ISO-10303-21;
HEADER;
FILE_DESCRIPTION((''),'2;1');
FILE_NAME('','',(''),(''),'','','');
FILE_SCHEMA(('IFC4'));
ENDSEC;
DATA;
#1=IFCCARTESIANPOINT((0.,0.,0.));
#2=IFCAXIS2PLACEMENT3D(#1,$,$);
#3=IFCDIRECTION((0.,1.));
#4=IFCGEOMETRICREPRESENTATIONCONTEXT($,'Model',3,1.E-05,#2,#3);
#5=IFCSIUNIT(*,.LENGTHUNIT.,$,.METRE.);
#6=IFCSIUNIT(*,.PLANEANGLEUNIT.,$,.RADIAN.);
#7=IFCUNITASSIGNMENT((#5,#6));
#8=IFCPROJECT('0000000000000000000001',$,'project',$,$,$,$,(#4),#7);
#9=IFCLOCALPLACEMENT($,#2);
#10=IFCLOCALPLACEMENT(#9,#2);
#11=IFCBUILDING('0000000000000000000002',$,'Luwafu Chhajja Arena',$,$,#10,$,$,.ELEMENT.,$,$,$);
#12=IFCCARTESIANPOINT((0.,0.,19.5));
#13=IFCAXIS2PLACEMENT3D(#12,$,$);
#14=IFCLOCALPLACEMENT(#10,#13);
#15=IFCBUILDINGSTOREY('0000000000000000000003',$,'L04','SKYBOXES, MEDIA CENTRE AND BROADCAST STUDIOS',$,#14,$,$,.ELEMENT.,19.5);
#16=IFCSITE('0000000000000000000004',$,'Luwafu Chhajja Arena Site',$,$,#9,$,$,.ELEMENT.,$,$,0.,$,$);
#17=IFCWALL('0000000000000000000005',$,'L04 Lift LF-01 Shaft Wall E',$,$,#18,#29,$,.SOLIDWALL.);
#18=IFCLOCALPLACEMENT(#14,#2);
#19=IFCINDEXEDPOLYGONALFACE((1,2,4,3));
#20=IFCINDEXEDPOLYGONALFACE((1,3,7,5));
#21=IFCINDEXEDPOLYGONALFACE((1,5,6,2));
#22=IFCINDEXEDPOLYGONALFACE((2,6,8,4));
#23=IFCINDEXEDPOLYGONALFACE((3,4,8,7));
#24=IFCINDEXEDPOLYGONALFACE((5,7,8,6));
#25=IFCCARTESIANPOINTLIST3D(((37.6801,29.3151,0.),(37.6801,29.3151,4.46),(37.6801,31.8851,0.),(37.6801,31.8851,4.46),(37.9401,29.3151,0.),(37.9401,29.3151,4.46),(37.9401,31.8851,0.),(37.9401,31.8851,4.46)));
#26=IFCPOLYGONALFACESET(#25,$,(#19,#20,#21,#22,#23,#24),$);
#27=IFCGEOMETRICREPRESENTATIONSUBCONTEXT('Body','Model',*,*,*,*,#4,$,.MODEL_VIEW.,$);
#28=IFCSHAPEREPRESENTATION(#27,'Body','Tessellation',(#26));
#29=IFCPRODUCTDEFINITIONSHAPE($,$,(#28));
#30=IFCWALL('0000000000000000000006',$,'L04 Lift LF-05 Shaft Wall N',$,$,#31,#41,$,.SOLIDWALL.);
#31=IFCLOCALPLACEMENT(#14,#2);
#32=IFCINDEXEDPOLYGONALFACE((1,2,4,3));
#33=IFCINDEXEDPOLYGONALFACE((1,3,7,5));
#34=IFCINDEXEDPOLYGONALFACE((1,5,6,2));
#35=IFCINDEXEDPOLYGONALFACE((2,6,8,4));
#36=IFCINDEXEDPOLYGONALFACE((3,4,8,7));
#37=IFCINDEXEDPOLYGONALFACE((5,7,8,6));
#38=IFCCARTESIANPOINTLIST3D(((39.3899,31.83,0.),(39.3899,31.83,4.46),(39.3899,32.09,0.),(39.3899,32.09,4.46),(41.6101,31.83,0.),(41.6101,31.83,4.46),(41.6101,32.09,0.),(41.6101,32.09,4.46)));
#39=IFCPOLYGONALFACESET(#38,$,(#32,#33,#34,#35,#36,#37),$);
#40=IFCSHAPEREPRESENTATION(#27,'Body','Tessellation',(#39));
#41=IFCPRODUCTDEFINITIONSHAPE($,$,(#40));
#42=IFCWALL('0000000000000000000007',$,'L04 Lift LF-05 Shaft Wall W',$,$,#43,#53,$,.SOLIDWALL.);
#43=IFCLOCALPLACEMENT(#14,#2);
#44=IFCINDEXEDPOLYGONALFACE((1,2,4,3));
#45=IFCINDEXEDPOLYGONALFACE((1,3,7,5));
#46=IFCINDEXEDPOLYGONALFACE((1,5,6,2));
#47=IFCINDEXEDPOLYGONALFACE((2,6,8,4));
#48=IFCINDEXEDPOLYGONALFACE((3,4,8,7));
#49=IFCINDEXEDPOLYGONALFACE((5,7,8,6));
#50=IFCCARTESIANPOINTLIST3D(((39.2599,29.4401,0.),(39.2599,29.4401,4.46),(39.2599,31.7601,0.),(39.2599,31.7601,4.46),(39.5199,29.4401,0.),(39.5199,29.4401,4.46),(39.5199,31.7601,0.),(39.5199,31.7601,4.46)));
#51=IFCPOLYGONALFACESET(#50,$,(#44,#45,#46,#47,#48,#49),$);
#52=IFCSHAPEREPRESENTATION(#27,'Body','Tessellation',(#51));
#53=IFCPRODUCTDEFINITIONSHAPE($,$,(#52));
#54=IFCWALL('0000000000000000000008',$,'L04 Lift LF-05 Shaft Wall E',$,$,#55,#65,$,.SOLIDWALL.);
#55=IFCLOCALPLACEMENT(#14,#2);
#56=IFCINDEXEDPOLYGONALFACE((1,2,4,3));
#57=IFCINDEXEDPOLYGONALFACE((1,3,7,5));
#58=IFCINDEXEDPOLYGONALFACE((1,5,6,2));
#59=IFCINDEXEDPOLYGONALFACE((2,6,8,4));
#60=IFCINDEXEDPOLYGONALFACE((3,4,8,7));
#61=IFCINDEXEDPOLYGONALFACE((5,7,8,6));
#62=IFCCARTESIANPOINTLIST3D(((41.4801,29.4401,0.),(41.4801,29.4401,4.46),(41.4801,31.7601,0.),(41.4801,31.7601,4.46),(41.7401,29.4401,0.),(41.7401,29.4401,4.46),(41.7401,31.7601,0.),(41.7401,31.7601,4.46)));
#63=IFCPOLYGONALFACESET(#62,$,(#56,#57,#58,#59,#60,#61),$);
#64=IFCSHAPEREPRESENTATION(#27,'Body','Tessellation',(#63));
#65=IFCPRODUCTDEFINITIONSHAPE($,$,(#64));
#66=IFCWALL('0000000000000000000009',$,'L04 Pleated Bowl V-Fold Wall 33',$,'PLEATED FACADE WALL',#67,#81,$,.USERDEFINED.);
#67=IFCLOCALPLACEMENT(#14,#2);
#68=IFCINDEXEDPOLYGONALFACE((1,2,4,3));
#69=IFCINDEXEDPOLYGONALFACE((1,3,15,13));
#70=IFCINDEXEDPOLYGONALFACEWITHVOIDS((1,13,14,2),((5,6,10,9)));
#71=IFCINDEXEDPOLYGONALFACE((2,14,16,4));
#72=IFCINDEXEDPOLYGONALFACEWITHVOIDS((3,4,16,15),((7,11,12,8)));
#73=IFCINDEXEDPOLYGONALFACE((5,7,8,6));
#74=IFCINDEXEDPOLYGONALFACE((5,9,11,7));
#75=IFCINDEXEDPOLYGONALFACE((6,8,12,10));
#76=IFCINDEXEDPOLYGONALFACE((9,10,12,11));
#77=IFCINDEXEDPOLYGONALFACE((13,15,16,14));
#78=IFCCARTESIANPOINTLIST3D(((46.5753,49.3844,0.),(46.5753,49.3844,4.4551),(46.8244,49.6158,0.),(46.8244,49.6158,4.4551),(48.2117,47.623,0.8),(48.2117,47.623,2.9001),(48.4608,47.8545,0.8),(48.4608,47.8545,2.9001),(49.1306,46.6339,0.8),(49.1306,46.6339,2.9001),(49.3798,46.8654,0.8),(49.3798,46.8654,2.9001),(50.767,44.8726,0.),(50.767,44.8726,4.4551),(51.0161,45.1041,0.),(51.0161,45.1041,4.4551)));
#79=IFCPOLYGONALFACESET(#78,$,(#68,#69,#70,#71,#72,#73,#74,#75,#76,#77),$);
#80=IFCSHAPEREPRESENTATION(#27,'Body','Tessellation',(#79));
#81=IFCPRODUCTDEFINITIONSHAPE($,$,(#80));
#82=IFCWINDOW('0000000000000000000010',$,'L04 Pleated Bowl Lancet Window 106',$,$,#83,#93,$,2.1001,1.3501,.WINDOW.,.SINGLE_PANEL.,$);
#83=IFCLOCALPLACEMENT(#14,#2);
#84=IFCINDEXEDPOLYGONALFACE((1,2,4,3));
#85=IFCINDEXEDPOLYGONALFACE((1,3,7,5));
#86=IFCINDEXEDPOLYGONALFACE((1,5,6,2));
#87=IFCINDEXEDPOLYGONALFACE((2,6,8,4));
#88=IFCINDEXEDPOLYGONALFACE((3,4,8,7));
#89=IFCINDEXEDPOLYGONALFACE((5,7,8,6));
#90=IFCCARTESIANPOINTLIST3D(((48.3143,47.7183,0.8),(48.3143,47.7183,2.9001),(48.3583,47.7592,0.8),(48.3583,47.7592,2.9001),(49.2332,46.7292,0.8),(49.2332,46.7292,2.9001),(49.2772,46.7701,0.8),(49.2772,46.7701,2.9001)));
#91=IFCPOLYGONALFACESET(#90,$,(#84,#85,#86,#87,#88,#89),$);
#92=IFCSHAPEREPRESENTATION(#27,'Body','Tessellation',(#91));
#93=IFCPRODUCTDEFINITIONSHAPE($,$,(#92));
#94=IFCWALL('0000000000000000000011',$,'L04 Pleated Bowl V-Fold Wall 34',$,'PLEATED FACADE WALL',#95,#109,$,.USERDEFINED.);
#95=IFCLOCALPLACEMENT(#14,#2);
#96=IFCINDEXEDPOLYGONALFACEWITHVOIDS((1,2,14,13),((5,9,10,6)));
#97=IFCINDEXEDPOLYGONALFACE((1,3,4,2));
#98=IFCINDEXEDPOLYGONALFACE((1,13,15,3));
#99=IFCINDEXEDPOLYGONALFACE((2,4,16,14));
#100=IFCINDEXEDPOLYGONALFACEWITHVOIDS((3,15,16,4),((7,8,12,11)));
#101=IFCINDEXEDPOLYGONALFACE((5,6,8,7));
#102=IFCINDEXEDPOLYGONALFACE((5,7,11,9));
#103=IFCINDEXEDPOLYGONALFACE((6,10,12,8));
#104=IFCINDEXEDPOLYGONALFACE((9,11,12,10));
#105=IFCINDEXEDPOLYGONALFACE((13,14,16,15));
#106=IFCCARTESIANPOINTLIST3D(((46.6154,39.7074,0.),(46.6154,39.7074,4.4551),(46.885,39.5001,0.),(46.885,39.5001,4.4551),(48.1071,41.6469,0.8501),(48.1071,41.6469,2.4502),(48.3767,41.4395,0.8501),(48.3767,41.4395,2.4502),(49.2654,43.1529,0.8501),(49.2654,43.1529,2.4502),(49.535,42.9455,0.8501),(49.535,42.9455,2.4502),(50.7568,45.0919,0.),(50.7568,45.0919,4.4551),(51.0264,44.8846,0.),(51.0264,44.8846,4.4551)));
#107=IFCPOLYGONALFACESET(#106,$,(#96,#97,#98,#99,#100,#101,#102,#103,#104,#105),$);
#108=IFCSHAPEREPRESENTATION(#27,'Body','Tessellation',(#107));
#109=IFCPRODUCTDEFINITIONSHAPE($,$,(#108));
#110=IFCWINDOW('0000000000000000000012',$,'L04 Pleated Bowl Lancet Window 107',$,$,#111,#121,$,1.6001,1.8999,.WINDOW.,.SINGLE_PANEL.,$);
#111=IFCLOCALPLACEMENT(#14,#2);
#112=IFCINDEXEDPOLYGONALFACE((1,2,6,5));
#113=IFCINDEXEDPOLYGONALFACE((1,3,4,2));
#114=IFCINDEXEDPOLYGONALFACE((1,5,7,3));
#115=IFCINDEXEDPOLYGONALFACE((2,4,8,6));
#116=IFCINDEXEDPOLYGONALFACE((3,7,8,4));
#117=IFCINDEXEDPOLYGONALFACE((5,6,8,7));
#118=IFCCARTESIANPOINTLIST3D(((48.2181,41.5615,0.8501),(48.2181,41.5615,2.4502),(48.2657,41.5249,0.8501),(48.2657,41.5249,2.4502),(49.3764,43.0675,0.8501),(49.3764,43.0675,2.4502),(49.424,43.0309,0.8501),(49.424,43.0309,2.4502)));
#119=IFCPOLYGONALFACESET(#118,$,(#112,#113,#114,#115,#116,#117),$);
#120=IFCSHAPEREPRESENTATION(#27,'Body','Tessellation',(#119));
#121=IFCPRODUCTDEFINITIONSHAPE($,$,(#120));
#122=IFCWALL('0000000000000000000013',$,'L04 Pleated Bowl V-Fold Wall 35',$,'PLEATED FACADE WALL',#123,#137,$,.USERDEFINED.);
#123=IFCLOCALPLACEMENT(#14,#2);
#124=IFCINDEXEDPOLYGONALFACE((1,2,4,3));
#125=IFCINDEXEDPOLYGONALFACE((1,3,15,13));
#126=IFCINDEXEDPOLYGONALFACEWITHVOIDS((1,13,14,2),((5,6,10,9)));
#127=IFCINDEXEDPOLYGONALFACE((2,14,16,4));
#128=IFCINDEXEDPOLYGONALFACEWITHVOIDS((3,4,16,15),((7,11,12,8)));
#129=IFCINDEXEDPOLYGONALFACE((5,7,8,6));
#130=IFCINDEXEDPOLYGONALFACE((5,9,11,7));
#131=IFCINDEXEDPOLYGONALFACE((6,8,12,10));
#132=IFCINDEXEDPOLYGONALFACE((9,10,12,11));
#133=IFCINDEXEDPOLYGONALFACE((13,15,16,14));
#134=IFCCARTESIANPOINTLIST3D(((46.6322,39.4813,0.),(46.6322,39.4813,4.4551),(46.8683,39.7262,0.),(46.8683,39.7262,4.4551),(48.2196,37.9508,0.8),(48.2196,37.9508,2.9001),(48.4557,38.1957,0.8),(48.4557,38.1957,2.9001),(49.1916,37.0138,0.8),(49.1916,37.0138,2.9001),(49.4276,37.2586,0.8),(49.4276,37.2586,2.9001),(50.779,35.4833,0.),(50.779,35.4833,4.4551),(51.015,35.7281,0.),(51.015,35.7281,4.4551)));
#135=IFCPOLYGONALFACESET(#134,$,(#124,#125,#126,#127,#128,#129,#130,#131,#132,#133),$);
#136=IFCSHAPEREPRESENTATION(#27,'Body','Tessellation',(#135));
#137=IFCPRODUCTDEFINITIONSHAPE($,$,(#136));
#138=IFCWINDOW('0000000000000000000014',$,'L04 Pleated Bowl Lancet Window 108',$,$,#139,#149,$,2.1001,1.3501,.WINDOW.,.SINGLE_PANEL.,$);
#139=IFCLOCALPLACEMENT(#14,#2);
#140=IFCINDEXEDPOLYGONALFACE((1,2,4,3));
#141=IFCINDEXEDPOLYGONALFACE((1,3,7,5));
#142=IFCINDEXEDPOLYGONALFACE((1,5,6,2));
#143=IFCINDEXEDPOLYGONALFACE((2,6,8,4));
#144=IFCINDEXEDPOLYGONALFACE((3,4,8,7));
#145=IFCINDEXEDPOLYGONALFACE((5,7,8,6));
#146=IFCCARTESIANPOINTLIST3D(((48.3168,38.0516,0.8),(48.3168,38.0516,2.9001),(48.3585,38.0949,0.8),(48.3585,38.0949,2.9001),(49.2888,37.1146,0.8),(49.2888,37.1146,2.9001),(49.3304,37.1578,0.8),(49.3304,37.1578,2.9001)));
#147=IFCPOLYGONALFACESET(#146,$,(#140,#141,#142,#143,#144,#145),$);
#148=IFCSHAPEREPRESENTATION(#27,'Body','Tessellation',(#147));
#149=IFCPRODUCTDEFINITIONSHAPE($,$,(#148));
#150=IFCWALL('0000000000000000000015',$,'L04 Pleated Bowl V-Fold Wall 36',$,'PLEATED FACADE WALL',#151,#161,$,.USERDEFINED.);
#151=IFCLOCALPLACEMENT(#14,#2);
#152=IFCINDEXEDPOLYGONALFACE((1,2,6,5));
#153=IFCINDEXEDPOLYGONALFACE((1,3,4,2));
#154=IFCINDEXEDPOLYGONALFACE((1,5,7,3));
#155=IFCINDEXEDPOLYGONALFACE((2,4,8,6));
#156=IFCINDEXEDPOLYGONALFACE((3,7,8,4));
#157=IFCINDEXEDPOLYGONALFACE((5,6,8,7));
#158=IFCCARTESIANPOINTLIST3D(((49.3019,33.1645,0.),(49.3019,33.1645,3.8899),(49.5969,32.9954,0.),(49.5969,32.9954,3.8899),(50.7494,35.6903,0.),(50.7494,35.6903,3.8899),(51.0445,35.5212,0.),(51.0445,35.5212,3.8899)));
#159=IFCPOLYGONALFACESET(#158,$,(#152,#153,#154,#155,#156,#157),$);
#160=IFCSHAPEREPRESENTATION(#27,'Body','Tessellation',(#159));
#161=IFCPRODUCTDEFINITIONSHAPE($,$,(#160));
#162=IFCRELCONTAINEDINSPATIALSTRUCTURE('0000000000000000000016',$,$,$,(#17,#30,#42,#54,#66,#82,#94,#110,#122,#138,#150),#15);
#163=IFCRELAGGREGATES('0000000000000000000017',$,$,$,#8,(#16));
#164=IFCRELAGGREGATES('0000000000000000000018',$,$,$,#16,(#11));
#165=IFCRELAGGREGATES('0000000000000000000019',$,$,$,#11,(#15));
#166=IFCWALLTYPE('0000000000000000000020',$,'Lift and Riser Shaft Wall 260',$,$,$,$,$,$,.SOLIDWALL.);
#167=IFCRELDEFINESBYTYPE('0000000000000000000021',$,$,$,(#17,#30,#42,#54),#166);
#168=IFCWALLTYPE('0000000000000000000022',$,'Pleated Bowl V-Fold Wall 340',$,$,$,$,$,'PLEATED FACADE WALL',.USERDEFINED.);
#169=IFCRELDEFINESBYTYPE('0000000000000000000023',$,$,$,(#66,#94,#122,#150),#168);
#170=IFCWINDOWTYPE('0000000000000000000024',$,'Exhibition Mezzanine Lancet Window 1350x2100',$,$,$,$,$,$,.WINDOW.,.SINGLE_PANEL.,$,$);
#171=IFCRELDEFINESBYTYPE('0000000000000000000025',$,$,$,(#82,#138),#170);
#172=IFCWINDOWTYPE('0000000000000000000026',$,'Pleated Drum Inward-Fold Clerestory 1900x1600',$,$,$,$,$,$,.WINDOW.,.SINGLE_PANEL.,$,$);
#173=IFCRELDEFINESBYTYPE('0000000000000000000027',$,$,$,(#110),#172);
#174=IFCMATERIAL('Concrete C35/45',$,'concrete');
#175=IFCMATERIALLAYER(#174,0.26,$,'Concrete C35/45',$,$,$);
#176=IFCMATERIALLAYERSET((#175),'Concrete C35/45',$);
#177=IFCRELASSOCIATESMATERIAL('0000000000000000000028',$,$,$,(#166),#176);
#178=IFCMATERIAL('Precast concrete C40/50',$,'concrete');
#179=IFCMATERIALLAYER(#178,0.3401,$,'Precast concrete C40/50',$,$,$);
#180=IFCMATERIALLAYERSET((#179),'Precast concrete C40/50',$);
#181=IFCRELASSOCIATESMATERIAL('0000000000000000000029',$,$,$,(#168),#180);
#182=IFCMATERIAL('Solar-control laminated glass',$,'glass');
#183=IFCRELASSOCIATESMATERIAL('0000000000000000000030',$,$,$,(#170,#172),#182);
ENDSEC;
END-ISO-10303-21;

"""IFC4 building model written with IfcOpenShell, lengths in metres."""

from ifc_helpers import new_model, si_unit, direction, frame, frame_2d, origin, place, context, subcontext, project, spatial, rectangle, extrude, material, layer, layer_set, type_object, element, fill, save


model = new_model("IFC4")

# Units and contexts
model_context = context("Model", 3, precision=1e-05, world=origin(), true_north=direction((0.0, 1.0)))
body_context = subcontext(model_context, "Body", "Model", "MODEL_VIEW")
ifc_project = project(units=[si_unit("LENGTHUNIT", "METRE"), si_unit("PLANEANGLEUNIT", "RADIAN")], contexts=[model_context])

# Site, building, storey
site_placement = place(None, origin())
site = spatial("IfcSite", under=ifc_project, at=site_placement, Name="Luwafu Chhajja Arena Site", CompositionType="ELEMENT", RefElevation=0.0)
building_placement = place(site_placement, origin())
building = spatial("IfcBuilding", under=site, at=building_placement, Name="Luwafu Chhajja Arena", CompositionType="ELEMENT")
storey_placement = place(building_placement, frame((0.0, 0.0, 19.5)))
storey = spatial("IfcBuildingStorey", under=building, at=storey_placement, Name="L04", Description="SKYBOXES, MEDIA CENTRE AND BROADCAST STUDIOS", CompositionType="ELEMENT", Elevation=19.5)

# Shared definitions
ifc_material_1 = material(Name="Concrete C35/45", Category="concrete")

# Wall
ifc_layer_1 = layer(ifc_material_1, 0.26, Name="Concrete C35/45")
ifc_layer_set_1 = layer_set([ifc_layer_1], Name="Concrete C35/45")
wall_type_1 = type_object("IfcWallType", Name="Lift and Riser Shaft Wall 260", PredefinedType="SOLIDWALL", material=ifc_layer_set_1)
wall_1_placement = place(storey_placement, frame((37.8101, 29.3149, 0.0), z_axis=(0.0, 0.0, 1.0), x_axis=(0.0, 1.0, 0.0)))
element("IfcWall", 1, at=wall_1_placement, inside=storey, type_object=wall_type_1, Name="L04 Lift LF-01 Shaft Wall E", PredefinedType="SOLIDWALL", context=body_context, shape_type="SweptSolid", body=[
    extrude(rectangle(XDim=2.5701, YDim=0.26, at=frame_2d((1.2852, 0.0))), origin(), (0.0, 0.0, 1.0), 4.46),
])

# Walls
wall_2_placement = place(storey_placement, frame((39.3899, 31.96, 0.0), z_axis=(0.0, 0.0, 1.0), x_axis=(1.0, 0.0, 0.0)))
element("IfcWall", 2, at=wall_2_placement, inside=storey, type_object=wall_type_1, Name="L04 Lift LF-05 Shaft Wall N", PredefinedType="SOLIDWALL", context=body_context, shape_type="SweptSolid", body=[
    extrude(rectangle(XDim=2.2202, YDim=0.26, at=frame_2d((1.1101, 0.0))), origin(), (0.0, 0.0, 1.0), 4.46),
])
for number, where, z_axis, x_axis, name in (
    (3, (39.3899, 29.4399, 0.0), (0.0, 0.0, 1.0), (0.0, 1.0, 0.0), "L04 Lift LF-05 Shaft Wall W"),
    (4, (41.6101, 29.4399, 0.0), (0.0, 0.0, 1.0), (0.0, 1.0, 0.0), "L04 Lift LF-05 Shaft Wall E"),
):
    element("IfcWall", number, at=place(storey_placement, frame(where, z_axis=z_axis, x_axis=x_axis)), inside=storey, type_object=wall_type_1, Name=name, PredefinedType="SOLIDWALL", context=body_context, shape_type="SweptSolid", body=[
        extrude(rectangle(XDim=2.3201, YDim=0.26, at=frame_2d((1.1602, 0.0))), origin(), (0.0, 0.0, 1.0), 4.46),
    ])

# Walls, openings, windows
ifc_material_2 = material(Name="Precast concrete C40/50", Category="concrete")
ifc_layer_2 = layer(ifc_material_2, 0.3401, Name="Precast concrete C40/50")
ifc_layer_set_2 = layer_set([ifc_layer_2], Name="Precast concrete C40/50")
wall_type_2 = type_object("IfcWallType", Name="Pleated Bowl V-Fold Wall 340", ElementType="PLEATED FACADE WALL", PredefinedType="USERDEFINED", material=ifc_layer_set_2)
wall_3_placement = place(storey_placement, frame((46.7, 49.5, 0.0), z_axis=(0.0, 0.0, 1.0), x_axis=(0.680643, -0.732616, 0.0)))
wall_3 = element("IfcWall", 5, at=wall_3_placement, inside=storey, type_object=wall_type_2, Name="L04 Pleated Bowl V-Fold Wall 33", ObjectType="PLEATED FACADE WALL", PredefinedType="USERDEFINED", context=body_context, shape_type="SweptSolid", body=[
    extrude(rectangle(XDim=6.1584, YDim=0.3401, at=frame_2d((3.0791, 0.0))), origin(), (0.0, 0.0, 1.0), 4.4551),
])
opening_1_placement = place(wall_3_placement, frame((2.4041, 0.0, 0.8)))
opening_1 = element("IfcOpeningElement", 6, at=opening_1_placement, cuts=wall_3, PredefinedType="OPENING", context=body_context, shape_type="SweptSolid", body=[
    extrude(rectangle(XDim=1.3501, YDim=2.1001, at=frame_2d((0.675, 1.05))), frame((0.0, 0.1799, 0.0), z_axis=(0.0, -1.0, 0.0), x_axis=(1.0, 0.0, 0.0)), (0.0, 0.0, 1.0), 0.3601),
])
ifc_material_3 = material(Name="Solar-control laminated glass", Category="glass")
window_type_1 = type_object("IfcWindowType", Name="Exhibition Mezzanine Lancet Window 1350x2100", PartitioningType="SINGLE_PANEL", PredefinedType="WINDOW", material=ifc_material_3)
window_1_placement = place(opening_1_placement, origin())
window_1 = element("IfcWindow", 7, at=window_1_placement, inside=storey, type_object=window_type_1, Name="L04 Pleated Bowl Lancet Window 106", OverallHeight=2.1001, OverallWidth=1.3501, PartitioningType="SINGLE_PANEL", PredefinedType="WINDOW", context=body_context, shape_type="SweptSolid", body=[
    extrude(rectangle(XDim=1.3501, YDim=2.1001, at=frame_2d((0.675, 1.05))), frame((0.0, 0.03, 0.0), z_axis=(0.0, -1.0, 0.0), x_axis=(1.0, 0.0, 0.0)), (0.0, 0.0, 1.0), 0.0601),
])
fill(opening_1, window_1)
wall_4_placement = place(storey_placement, frame((50.8916, 44.9883, 0.0), z_axis=(0.0, 0.0, 1.0), x_axis=(-0.609657, -0.792665, 0.0)))
wall_4 = element("IfcWall", 8, at=wall_4_placement, inside=storey, type_object=wall_type_2, Name="L04 Pleated Bowl V-Fold Wall 34", ObjectType="PLEATED FACADE WALL", PredefinedType="USERDEFINED", context=body_context, shape_type="SweptSolid", body=[
    extrude(rectangle(XDim=6.793, YDim=0.3401, at=frame_2d((3.3965, 0.0))), origin(), (0.0, 0.0, 1.0), 4.4551),
])
opening_2_placement = place(wall_4_placement, frame((2.4463, 0.0, 0.8501)))
opening_2 = element("IfcOpeningElement", 9, at=opening_2_placement, cuts=wall_4, PredefinedType="OPENING", context=body_context, shape_type="SweptSolid", body=[
    extrude(rectangle(XDim=1.8999, YDim=1.6001, at=frame_2d((0.95, 0.8))), frame((0.0, 0.1799, 0.0), z_axis=(0.0, -1.0, 0.0), x_axis=(1.0, 0.0, 0.0)), (0.0, 0.0, 1.0), 0.3601),
])
window_type_2 = type_object("IfcWindowType", Name="Pleated Drum Inward-Fold Clerestory 1900x1600", PartitioningType="SINGLE_PANEL", PredefinedType="WINDOW", material=ifc_material_3)
window_2_placement = place(opening_2_placement, origin())
window_2 = element("IfcWindow", 10, at=window_2_placement, inside=storey, type_object=window_type_2, Name="L04 Pleated Bowl Lancet Window 107", OverallHeight=1.6001, OverallWidth=1.8999, PartitioningType="SINGLE_PANEL", PredefinedType="WINDOW", context=body_context, shape_type="SweptSolid", body=[
    extrude(rectangle(XDim=1.8999, YDim=1.6001, at=frame_2d((0.95, 0.8))), frame((0.0, 0.03, 0.0), z_axis=(0.0, -1.0, 0.0), x_axis=(1.0, 0.0, 0.0)), (0.0, 0.0, 1.0), 0.0601),
])
fill(opening_2, window_2)
wall_5_placement = place(storey_placement, frame((46.7502, 39.6038, 0.0), z_axis=(0.0, 0.0, 1.0), x_axis=(0.719895, -0.694083, 0.0)))
wall_5 = element("IfcWall", 11, at=wall_5_placement, inside=storey, type_object=wall_type_2, Name="L04 Pleated Bowl V-Fold Wall 35", ObjectType="PLEATED FACADE WALL", PredefinedType="USERDEFINED", context=body_context, shape_type="SweptSolid", body=[
    extrude(rectangle(XDim=5.7603, YDim=0.3401, at=frame_2d((2.8801, 0.0))), origin(), (0.0, 0.0, 1.0), 4.4551),
])
opening_3_placement = place(wall_5_placement, frame((2.2051, 0.0, 0.8)))
opening_3 = element("IfcOpeningElement", 12, at=opening_3_placement, cuts=wall_5, PredefinedType="OPENING", context=body_context, shape_type="SweptSolid", body=[
    extrude(rectangle(XDim=1.3501, YDim=2.1001, at=frame_2d((0.675, 1.05))), frame((0.0, 0.1799, 0.0), z_axis=(0.0, -1.0, 0.0), x_axis=(1.0, 0.0, 0.0)), (0.0, 0.0, 1.0), 0.3601),
])
window_3_placement = place(opening_3_placement, origin())
window_3 = element("IfcWindow", 13, at=window_3_placement, inside=storey, type_object=window_type_1, Name="L04 Pleated Bowl Lancet Window 108", OverallHeight=2.1001, OverallWidth=1.3501, PartitioningType="SINGLE_PANEL", PredefinedType="WINDOW", context=body_context, shape_type="SweptSolid", body=[
    extrude(rectangle(XDim=1.3501, YDim=2.1001, at=frame_2d((0.675, 1.05))), frame((0.0, 0.03, 0.0), z_axis=(0.0, -1.0, 0.0), x_axis=(1.0, 0.0, 0.0)), (0.0, 0.0, 1.0), 0.0601),
])
fill(opening_3, window_3)

# Wall
wall_6_placement = place(storey_placement, frame((50.897, 35.6057, 0.0), z_axis=(0.0, 0.0, 1.0), x_axis=(-0.497249, -0.867608, 0.0)))
element("IfcWall", 14, at=wall_6_placement, inside=storey, type_object=wall_type_2, Name="L04 Pleated Bowl V-Fold Wall 36", ObjectType="PLEATED FACADE WALL", PredefinedType="USERDEFINED", context=body_context, shape_type="SweptSolid", body=[
    extrude(rectangle(XDim=2.9111, YDim=0.3401, at=frame_2d((1.4556, 0.0))), origin(), (0.0, 0.0, 1.0), 3.8899),
])

save(model, "model.ifc")
